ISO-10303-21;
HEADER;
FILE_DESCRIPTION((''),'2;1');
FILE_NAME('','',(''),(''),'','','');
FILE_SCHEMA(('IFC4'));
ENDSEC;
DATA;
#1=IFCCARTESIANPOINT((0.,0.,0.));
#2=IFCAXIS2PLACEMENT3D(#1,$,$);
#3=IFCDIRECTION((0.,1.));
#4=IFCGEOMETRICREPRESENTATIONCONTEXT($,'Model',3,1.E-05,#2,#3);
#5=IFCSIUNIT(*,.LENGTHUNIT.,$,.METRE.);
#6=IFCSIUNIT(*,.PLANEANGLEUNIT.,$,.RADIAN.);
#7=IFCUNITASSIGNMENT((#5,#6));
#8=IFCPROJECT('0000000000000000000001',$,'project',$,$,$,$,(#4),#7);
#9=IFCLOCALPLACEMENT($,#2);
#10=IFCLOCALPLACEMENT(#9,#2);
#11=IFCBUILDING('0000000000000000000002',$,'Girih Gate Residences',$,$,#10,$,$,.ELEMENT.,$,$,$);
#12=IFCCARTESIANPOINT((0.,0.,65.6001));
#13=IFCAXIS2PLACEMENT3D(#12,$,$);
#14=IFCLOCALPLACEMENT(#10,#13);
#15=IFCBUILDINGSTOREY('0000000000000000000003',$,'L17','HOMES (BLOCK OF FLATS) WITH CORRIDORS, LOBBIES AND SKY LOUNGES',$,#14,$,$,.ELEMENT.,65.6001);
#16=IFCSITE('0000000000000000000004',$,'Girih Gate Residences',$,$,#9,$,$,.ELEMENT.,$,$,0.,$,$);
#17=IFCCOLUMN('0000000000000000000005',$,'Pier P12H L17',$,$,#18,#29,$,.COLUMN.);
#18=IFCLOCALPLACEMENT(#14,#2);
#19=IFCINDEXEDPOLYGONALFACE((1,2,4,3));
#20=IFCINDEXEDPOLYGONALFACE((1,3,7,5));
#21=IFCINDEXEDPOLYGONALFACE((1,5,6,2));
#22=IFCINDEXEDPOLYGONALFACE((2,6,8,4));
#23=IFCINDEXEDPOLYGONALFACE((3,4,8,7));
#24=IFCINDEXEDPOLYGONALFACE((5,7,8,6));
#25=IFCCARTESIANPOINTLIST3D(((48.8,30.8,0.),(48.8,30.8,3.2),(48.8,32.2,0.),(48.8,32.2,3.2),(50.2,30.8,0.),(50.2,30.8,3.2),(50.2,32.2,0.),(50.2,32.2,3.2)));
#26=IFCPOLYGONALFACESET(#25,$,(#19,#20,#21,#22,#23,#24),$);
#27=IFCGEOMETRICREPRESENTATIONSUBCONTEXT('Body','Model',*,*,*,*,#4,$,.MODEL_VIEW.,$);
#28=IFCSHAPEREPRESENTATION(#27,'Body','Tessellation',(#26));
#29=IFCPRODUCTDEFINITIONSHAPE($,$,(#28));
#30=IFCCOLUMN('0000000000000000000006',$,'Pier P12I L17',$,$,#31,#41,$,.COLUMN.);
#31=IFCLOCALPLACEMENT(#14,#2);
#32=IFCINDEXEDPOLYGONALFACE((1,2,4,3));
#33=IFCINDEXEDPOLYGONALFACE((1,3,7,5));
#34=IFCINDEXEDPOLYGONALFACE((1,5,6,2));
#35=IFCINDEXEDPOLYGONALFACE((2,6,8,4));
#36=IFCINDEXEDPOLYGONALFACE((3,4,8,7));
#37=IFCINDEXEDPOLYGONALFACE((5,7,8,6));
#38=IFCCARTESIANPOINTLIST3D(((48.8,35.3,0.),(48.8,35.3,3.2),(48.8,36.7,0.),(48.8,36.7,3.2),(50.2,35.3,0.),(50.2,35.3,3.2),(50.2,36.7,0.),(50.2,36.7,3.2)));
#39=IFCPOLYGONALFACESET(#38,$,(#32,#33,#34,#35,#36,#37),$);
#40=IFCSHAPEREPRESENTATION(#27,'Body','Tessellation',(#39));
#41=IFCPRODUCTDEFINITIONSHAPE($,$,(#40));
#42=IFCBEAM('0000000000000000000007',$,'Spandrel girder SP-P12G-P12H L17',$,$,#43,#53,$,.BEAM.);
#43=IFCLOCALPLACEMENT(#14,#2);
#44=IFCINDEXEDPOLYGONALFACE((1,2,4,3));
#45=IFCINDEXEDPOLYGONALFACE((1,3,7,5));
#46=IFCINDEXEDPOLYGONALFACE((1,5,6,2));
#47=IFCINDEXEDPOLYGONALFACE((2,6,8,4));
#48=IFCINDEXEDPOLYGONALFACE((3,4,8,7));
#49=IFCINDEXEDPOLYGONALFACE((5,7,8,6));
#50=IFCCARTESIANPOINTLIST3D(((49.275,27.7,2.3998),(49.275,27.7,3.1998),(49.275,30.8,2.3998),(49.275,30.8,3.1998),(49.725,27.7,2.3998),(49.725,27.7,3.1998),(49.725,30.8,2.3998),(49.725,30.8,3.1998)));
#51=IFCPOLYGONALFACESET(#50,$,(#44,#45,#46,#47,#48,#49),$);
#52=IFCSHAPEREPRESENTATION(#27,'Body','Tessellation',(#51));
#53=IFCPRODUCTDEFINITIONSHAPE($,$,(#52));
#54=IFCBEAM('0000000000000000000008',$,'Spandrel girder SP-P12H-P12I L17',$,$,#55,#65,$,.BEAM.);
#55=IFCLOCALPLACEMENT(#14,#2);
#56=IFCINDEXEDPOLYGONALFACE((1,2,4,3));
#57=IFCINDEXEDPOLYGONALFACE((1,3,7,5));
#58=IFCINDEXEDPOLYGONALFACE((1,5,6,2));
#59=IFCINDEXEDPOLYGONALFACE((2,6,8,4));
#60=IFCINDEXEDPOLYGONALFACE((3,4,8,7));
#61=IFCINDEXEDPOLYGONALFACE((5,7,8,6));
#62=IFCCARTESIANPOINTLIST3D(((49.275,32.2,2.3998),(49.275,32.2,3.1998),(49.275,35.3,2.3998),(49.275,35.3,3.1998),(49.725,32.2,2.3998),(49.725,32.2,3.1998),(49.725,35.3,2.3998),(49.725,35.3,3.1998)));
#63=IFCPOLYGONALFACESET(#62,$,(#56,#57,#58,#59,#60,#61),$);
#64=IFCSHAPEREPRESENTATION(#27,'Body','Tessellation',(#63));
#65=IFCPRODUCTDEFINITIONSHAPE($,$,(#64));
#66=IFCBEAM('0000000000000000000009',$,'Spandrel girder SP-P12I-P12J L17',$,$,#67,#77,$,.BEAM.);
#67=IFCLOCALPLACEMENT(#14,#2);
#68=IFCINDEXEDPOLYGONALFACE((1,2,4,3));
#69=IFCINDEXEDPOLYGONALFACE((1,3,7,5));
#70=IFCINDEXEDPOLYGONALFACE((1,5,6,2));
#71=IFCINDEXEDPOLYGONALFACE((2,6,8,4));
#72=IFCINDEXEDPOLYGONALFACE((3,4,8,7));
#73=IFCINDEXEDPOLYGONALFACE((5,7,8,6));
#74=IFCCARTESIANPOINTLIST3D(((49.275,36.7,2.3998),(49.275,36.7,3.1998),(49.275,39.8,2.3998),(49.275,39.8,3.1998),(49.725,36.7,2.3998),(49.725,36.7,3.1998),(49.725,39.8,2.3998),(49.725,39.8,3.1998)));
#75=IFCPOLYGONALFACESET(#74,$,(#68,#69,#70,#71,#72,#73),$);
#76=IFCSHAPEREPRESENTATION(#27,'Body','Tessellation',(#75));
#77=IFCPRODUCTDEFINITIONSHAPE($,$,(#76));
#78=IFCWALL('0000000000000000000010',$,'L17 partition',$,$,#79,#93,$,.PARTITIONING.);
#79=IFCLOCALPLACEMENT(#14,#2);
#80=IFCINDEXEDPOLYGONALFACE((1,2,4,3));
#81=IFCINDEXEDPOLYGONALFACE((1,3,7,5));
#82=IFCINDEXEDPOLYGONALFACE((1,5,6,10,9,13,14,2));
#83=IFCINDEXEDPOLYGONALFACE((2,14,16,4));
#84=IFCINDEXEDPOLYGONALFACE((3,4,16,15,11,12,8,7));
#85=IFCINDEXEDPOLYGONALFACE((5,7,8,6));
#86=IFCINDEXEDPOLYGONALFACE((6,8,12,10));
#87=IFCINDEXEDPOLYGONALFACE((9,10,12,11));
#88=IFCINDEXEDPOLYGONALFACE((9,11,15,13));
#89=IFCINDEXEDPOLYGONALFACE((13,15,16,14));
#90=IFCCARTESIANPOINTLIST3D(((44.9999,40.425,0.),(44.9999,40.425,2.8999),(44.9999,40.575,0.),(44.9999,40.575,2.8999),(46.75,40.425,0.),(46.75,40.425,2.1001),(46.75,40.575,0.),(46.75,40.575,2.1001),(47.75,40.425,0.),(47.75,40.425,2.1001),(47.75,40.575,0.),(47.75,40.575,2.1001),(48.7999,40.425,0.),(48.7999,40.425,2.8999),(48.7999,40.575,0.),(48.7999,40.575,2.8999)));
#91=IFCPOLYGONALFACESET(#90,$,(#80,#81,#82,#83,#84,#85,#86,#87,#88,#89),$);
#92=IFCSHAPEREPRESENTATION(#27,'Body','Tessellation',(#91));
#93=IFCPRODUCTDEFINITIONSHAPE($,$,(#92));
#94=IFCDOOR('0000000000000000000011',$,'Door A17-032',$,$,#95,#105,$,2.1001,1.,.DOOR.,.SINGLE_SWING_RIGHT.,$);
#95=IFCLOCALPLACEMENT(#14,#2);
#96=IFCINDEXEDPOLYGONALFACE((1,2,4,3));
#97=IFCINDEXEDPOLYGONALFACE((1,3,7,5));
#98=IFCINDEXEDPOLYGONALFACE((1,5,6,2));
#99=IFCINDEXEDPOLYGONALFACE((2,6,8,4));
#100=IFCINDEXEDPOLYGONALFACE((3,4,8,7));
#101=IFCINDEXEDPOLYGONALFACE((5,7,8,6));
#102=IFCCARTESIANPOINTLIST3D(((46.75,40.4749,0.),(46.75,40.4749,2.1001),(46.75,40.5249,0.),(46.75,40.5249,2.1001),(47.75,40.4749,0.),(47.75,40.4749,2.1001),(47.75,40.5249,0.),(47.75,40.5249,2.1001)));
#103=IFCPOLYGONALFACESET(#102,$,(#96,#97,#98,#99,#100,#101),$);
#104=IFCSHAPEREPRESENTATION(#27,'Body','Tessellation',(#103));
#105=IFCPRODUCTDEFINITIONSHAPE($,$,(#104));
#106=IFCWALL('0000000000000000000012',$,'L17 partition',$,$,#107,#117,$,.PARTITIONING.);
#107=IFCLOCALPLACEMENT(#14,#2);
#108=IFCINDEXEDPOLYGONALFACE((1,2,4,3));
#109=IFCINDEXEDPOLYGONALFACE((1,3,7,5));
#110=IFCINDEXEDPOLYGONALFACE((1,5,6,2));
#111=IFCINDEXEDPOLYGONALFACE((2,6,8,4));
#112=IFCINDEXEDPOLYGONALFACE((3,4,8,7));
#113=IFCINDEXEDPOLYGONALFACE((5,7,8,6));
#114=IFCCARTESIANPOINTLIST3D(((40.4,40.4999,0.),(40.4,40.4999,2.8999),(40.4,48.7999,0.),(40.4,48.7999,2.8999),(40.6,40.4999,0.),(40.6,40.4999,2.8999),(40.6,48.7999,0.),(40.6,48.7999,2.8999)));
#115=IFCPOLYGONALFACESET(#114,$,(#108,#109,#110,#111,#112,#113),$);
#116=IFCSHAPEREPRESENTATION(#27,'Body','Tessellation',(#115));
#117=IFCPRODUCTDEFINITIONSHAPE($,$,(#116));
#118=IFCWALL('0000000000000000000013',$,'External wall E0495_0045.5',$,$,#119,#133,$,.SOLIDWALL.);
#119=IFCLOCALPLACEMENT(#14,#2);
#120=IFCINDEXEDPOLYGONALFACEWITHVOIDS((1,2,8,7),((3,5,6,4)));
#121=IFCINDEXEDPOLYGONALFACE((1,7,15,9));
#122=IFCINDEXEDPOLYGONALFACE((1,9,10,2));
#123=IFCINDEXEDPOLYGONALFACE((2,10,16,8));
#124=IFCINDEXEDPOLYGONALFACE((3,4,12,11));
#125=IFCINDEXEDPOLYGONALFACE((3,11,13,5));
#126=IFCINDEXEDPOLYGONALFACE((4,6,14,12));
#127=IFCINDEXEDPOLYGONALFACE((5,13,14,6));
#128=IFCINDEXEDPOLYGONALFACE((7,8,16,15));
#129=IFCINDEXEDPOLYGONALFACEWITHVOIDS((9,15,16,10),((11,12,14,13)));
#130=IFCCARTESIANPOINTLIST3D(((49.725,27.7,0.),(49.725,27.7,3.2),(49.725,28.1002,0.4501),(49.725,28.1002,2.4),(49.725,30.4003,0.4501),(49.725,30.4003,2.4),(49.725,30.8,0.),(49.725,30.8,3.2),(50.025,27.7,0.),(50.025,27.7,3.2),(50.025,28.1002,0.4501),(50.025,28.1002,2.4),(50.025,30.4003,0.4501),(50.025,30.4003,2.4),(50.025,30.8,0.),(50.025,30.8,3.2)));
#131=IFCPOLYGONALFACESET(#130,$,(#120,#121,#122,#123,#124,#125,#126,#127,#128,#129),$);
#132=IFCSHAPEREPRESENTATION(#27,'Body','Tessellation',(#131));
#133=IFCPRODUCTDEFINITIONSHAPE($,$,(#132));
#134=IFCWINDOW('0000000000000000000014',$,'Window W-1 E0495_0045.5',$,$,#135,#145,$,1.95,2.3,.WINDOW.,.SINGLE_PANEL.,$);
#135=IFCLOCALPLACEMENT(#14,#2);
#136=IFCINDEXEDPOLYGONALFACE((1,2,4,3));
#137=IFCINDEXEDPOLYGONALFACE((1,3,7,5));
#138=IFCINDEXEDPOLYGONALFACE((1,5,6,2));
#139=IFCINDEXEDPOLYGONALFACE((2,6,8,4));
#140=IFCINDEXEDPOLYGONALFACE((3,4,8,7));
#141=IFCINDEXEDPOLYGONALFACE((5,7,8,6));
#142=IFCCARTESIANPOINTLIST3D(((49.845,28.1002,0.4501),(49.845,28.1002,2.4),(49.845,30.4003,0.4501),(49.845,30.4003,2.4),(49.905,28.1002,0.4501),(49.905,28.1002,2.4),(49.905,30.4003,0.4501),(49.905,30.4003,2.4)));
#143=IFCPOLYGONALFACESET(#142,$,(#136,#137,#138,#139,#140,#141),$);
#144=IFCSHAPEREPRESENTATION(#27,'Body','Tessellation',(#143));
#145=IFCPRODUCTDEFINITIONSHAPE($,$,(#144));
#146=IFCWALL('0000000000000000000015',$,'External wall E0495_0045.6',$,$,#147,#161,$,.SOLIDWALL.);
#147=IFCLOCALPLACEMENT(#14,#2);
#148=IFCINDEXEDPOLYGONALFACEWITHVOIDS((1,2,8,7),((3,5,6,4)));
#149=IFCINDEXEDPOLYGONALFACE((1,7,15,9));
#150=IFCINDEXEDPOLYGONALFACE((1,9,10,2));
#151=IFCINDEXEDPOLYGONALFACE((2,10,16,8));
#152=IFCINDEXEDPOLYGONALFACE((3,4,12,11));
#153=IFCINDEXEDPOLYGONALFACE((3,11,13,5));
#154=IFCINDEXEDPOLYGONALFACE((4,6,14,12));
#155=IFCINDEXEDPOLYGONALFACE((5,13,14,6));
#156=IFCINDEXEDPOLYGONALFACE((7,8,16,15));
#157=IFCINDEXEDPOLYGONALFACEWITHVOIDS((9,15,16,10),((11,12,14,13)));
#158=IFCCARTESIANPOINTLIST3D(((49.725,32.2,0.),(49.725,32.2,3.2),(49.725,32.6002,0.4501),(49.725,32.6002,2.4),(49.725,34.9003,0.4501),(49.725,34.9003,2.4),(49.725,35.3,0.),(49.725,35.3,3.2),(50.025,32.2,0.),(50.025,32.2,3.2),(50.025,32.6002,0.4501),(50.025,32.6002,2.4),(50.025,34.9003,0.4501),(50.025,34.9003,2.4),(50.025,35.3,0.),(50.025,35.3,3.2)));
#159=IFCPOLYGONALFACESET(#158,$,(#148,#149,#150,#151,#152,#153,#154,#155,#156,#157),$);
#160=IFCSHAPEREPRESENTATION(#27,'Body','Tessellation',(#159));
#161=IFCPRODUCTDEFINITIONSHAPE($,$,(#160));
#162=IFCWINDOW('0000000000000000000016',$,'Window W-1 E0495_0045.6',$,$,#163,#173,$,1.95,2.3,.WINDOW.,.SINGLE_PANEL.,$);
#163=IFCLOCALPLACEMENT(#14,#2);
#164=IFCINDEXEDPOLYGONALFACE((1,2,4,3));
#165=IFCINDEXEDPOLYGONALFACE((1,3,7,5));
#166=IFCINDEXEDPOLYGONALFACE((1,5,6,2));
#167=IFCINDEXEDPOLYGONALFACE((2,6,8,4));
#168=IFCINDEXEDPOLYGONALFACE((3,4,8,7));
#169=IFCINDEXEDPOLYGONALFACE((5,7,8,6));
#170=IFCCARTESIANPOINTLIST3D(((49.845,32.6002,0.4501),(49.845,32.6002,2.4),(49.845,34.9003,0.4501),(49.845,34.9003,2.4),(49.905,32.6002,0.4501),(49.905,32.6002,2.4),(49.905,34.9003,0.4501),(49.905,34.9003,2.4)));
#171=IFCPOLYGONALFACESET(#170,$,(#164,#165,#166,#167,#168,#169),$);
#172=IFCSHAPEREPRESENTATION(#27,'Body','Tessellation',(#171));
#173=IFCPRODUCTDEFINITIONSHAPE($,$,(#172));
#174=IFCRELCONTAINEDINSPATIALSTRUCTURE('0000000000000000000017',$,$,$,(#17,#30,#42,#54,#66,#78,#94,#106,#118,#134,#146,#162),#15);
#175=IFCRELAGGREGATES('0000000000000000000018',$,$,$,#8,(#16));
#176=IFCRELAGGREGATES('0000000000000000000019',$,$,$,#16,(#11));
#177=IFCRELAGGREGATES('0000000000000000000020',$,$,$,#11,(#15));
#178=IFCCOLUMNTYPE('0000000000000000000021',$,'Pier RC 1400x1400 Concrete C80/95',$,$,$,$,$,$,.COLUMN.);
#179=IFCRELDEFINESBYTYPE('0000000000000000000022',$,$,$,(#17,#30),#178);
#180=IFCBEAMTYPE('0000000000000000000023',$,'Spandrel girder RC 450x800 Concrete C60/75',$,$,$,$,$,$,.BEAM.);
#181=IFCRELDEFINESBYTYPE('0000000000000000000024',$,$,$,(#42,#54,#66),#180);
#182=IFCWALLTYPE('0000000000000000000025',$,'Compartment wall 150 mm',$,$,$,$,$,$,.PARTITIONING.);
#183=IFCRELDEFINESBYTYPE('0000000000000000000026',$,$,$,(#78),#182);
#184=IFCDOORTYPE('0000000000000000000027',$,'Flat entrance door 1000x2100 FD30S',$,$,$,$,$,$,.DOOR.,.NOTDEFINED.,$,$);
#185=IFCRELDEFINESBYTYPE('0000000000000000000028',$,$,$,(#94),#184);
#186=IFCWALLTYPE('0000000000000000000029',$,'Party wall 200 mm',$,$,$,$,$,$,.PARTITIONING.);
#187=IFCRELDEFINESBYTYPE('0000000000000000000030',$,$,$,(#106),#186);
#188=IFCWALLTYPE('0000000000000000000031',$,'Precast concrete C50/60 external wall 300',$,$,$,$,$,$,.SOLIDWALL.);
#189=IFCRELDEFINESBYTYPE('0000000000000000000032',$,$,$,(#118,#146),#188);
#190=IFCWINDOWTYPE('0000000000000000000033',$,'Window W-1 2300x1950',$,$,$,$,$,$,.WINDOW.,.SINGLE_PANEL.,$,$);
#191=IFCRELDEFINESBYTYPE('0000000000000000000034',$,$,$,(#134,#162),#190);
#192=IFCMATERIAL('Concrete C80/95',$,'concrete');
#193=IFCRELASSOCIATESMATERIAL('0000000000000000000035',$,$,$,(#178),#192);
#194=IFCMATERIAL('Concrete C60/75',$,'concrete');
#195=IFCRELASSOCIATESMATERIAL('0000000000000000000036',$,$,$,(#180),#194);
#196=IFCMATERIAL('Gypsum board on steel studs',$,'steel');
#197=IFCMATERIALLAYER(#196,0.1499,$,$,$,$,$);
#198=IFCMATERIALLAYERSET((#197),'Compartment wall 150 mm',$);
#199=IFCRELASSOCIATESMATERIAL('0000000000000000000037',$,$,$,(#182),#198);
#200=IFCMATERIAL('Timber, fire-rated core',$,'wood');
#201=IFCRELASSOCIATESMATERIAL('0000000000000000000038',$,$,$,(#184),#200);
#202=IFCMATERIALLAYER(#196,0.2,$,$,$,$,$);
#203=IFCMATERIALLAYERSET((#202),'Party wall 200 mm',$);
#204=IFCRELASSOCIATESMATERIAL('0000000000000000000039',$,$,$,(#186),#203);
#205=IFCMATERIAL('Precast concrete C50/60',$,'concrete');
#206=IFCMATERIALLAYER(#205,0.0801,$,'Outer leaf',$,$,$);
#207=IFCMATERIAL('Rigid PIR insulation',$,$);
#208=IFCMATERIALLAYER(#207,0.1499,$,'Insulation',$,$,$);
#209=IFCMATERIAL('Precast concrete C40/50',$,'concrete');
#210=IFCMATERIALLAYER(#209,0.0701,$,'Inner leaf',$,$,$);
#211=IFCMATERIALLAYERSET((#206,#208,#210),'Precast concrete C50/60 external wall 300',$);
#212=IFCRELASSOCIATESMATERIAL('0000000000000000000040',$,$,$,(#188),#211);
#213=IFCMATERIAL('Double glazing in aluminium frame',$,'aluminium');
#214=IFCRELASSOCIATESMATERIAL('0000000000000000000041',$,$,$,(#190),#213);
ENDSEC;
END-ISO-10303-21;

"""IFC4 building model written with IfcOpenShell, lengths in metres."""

from ifc_helpers import new_model, si_unit, direction, frame, frame_2d, origin, origin_2d, place, context, subcontext, project, spatial, rectangle, extrude, material, layer, layer_set, material_profile, profile_set, type_object, element, fill, save


model = new_model("IFC4")

# Units and contexts
model_context = context("Model", 3, precision=1e-05, world=origin(), true_north=direction((0.0, 1.0)))
body_context = subcontext(model_context, "Body", "Model", "MODEL_VIEW")
ifc_project = project(units=[si_unit("LENGTHUNIT", "METRE"), si_unit("PLANEANGLEUNIT", "RADIAN")], contexts=[model_context])

# Site, building, storey
site_placement = place(None, origin())
site = spatial("IfcSite", under=ifc_project, at=site_placement, Name="Girih Gate Residences", CompositionType="ELEMENT", RefElevation=0.0)
building_placement = place(site_placement, origin())
building = spatial("IfcBuilding", under=site, at=building_placement, Name="Girih Gate Residences", CompositionType="ELEMENT")
storey_placement = place(building_placement, frame((0.0, 0.0, 65.6001)))
storey = spatial("IfcBuildingStorey", under=building, at=storey_placement, Name="L17", Description="HOMES (BLOCK OF FLATS) WITH CORRIDORS, LOBBIES AND SKY LOUNGES", CompositionType="ELEMENT", Elevation=65.6001)

# Columns
ifc_material_1 = material(Name="Concrete C80/95", Category="concrete")
ifc_material_profile_1 = material_profile(ifc_material_1, rectangle(XDim=1.3999, YDim=1.3999, at=origin_2d()))
ifc_profile_set_1 = profile_set([ifc_material_profile_1], Name="Concrete C80/95")
column_type = type_object("IfcColumnType", Name="Pier RC 1400x1400 Concrete C80/95", PredefinedType="COLUMN", material=ifc_profile_set_1)
for number, where, z_axis, x_axis, name in (
    (1, (49.5, 31.5, 0.0), (0.0, 0.0, 1.0), (1.0, 0.0, 0.0), "Pier P12H L17"),
    (2, (49.5, 36.0, 0.0), (0.0, 0.0, 1.0), (1.0, 0.0, 0.0), "Pier P12I L17"),
):
    element("IfcColumn", number, at=place(storey_placement, frame(where, z_axis=z_axis, x_axis=x_axis)), inside=storey, type_object=column_type, Name=name, PredefinedType="COLUMN", context=body_context, shape_type="SweptSolid", body=[
        extrude(rectangle(XDim=1.3999, YDim=1.3999, at=origin_2d()), origin(), (0.0, 0.0, 1.0), 3.2),
    ])

# Beams
ifc_material_2 = material(Name="Concrete C60/75", Category="concrete")
ifc_material_profile_2 = material_profile(ifc_material_2, rectangle(XDim=0.45, YDim=0.8, at=origin_2d()))
ifc_profile_set_2 = profile_set([ifc_material_profile_2], Name="Concrete C60/75")
beam_type = type_object("IfcBeamType", Name="Spandrel girder RC 450x800 Concrete C60/75", PredefinedType="BEAM", material=ifc_profile_set_2)
for number, where, z_axis, x_axis, name in (
    (3, (49.5, 27.7, 2.7998), (0.0, 1.0, 0.0), (-1.0, 0.0, 0.0), "Spandrel girder SP-P12G-P12H L17"),
    (4, (49.5, 32.2, 2.7998), (0.0, 1.0, 0.0), (-1.0, 0.0, 0.0), "Spandrel girder SP-P12H-P12I L17"),
    (5, (49.5, 36.7, 2.7998), (0.0, 1.0, 0.0), (-1.0, 0.0, 0.0), "Spandrel girder SP-P12I-P12J L17"),
):
    element("IfcBeam", number, at=place(storey_placement, frame(where, z_axis=z_axis, x_axis=x_axis)), inside=storey, type_object=beam_type, Name=name, PredefinedType="BEAM", context=body_context, shape_type="SweptSolid", body=[
        extrude(rectangle(XDim=0.45, YDim=0.8, at=origin_2d()), origin(), (0.0, 0.0, 1.0), 3.1001),
    ])

# Wall, opening, door
ifc_material_3 = material(Name="Gypsum board on steel studs", Category="steel")
ifc_layer_1 = layer(ifc_material_3, 0.1499)
ifc_layer_set_1 = layer_set([ifc_layer_1], Name="Compartment wall 150 mm")
wall_type_1 = type_object("IfcWallType", Name="Compartment wall 150 mm", PredefinedType="PARTITIONING", material=ifc_layer_set_1)
wall_1_placement = place(storey_placement, frame((45.0, 40.5, 0.0), z_axis=(0.0, 0.0, 1.0), x_axis=(1.0, 0.0, 0.0)))
wall_1 = element("IfcWall", 6, at=wall_1_placement, inside=storey, type_object=wall_type_1, Name="L17 partition", PredefinedType="PARTITIONING", context=body_context, shape_type="SweptSolid", body=[
    extrude(rectangle(XDim=3.8, YDim=0.1499, at=frame_2d((1.8999, 0.0))), origin(), (0.0, 0.0, 1.0), 2.8999),
])
opening_1_placement = place(wall_1_placement, frame((1.75, 0.0, 0.0)))
opening_1 = element("IfcOpeningElement", 7, at=opening_1_placement, cuts=wall_1, PredefinedType="OPENING", context=body_context, shape_type="SweptSolid", body=[
    extrude(rectangle(XDim=1.0, YDim=2.1001, at=frame_2d((0.5, 1.05))), frame((0.0, 0.085, 0.0), z_axis=(0.0, -1.0, 0.0), x_axis=(1.0, 0.0, 0.0)), (0.0, 0.0, 1.0), 0.1699),
])
ifc_material_4 = material(Name="Timber, fire-rated core", Category="wood")
door_type_1 = type_object("IfcDoorType", Name="Flat entrance door 1000x2100 FD30S", OperationType="NOTDEFINED", PredefinedType="DOOR", material=ifc_material_4)
door_1_placement = place(opening_1_placement, origin())
door_1 = element("IfcDoor", 8, at=door_1_placement, inside=storey, type_object=door_type_1, Name="Door A17-032", OperationType="SINGLE_SWING_RIGHT", OverallHeight=2.1001, OverallWidth=1.0, PredefinedType="DOOR", context=body_context, shape_type="SweptSolid", body=[
    extrude(rectangle(XDim=1.0, YDim=2.1001, at=frame_2d((0.5, 1.05))), frame((0.0, 0.0249, 0.0), z_axis=(0.0, -1.0, 0.0), x_axis=(1.0, 0.0, 0.0)), (0.0, 0.0, 1.0), 0.05),
])
fill(opening_1, door_1)

# Wall
ifc_layer_2 = layer(ifc_material_3, 0.2)
ifc_layer_set_2 = layer_set([ifc_layer_2], Name="Party wall 200 mm")
wall_type_2 = type_object("IfcWallType", Name="Party wall 200 mm", PredefinedType="PARTITIONING", material=ifc_layer_set_2)
wall_2_placement = place(storey_placement, frame((40.5, 40.5, 0.0), z_axis=(0.0, 0.0, 1.0), x_axis=(0.0, 1.0, 0.0)))
element("IfcWall", 9, at=wall_2_placement, inside=storey, type_object=wall_type_2, Name="L17 partition", PredefinedType="PARTITIONING", context=body_context, shape_type="SweptSolid", body=[
    extrude(rectangle(XDim=8.3, YDim=0.2, at=frame_2d((4.1499, 0.0))), origin(), (0.0, 0.0, 1.0), 2.8999),
])

# Walls, openings, windows
ifc_material_5 = material(Name="Precast concrete C50/60", Category="concrete")
ifc_layer_3 = layer(ifc_material_5, 0.0801, Name="Outer leaf")
ifc_material_6 = material(Name="Rigid PIR insulation")
ifc_layer_4 = layer(ifc_material_6, 0.1499, Name="Insulation")
ifc_material_7 = material(Name="Precast concrete C40/50", Category="concrete")
ifc_layer_5 = layer(ifc_material_7, 0.0701, Name="Inner leaf")
ifc_layer_set_3 = layer_set([ifc_layer_3, ifc_layer_4, ifc_layer_5], Name="Precast concrete C50/60 external wall 300")
wall_type_3 = type_object("IfcWallType", Name="Precast concrete C50/60 external wall 300", PredefinedType="SOLIDWALL", material=ifc_layer_set_3)
wall_3_placement = place(storey_placement, frame((49.875, 30.8, 0.0), z_axis=(0.0, 0.0, 1.0), x_axis=(0.0, -1.0, 0.0)))
wall_3 = element("IfcWall", 10, at=wall_3_placement, inside=storey, type_object=wall_type_3, Name="External wall E0495_0045.5", PredefinedType="SOLIDWALL", context=body_context, shape_type="SweptSolid", body=[
    extrude(rectangle(XDim=3.1001, YDim=0.3, at=frame_2d((1.55, 0.0))), origin(), (0.0, 0.0, 1.0), 3.2),
])
opening_2_placement = place(wall_3_placement, frame((0.3999, 0.0, 0.45)))
opening_2 = element("IfcOpeningElement", 11, at=opening_2_placement, cuts=wall_3, PredefinedType="OPENING", context=body_context, shape_type="SweptSolid", body=[
    extrude(rectangle(XDim=2.3, YDim=1.95, at=frame_2d((1.1499, 0.9751))), frame((0.0, 0.1599, 0.0), z_axis=(0.0, -1.0, 0.0), x_axis=(1.0, 0.0, 0.0)), (0.0, 0.0, 1.0), 0.3201),
])
ifc_material_8 = material(Name="Double glazing in aluminium frame", Category="aluminium")
window_type = type_object("IfcWindowType", Name="Window W-1 2300x1950", PartitioningType="SINGLE_PANEL", PredefinedType="WINDOW", material=ifc_material_8)
window_1_placement = place(opening_2_placement, origin())
window_1 = element("IfcWindow", 12, at=window_1_placement, inside=storey, type_object=window_type, Name="Window W-1 E0495_0045.5", OverallHeight=1.95, OverallWidth=2.3, PartitioningType="SINGLE_PANEL", PredefinedType="WINDOW", context=body_context, shape_type="SweptSolid", body=[
    extrude(rectangle(XDim=2.3, YDim=1.95, at=frame_2d((1.1499, 0.9751))), frame((0.0, 0.03, 0.0), z_axis=(0.0, -1.0, 0.0), x_axis=(1.0, 0.0, 0.0)), (0.0, 0.0, 1.0), 0.0601),
])
fill(opening_2, window_1)
wall_4_placement = place(storey_placement, frame((49.875, 35.3, 0.0), z_axis=(0.0, 0.0, 1.0), x_axis=(0.0, -1.0, 0.0)))
wall_4 = element("IfcWall", 13, at=wall_4_placement, inside=storey, type_object=wall_type_3, Name="External wall E0495_0045.6", PredefinedType="SOLIDWALL", context=body_context, shape_type="SweptSolid", body=[
    extrude(rectangle(XDim=3.1001, YDim=0.3, at=frame_2d((1.55, 0.0))), origin(), (0.0, 0.0, 1.0), 3.2),
])
opening_3_placement = place(wall_4_placement, frame((0.3999, 0.0, 0.45)))
opening_3 = element("IfcOpeningElement", 14, at=opening_3_placement, cuts=wall_4, PredefinedType="OPENING", context=body_context, shape_type="SweptSolid", body=[
    extrude(rectangle(XDim=2.3, YDim=1.95, at=frame_2d((1.1499, 0.9751))), frame((0.0, 0.1599, 0.0), z_axis=(0.0, -1.0, 0.0), x_axis=(1.0, 0.0, 0.0)), (0.0, 0.0, 1.0), 0.3201),
])
window_2_placement = place(opening_3_placement, origin())
window_2 = element("IfcWindow", 15, at=window_2_placement, inside=storey, type_object=window_type, Name="Window W-1 E0495_0045.6", OverallHeight=1.95, OverallWidth=2.3, PartitioningType="SINGLE_PANEL", PredefinedType="WINDOW", context=body_context, shape_type="SweptSolid", body=[
    extrude(rectangle(XDim=2.3, YDim=1.95, at=frame_2d((1.1499, 0.9751))), frame((0.0, 0.03, 0.0), z_axis=(0.0, -1.0, 0.0), x_axis=(1.0, 0.0, 0.0)), (0.0, 0.0, 1.0), 0.0601),
])
fill(opening_3, window_2)

save(model, "model.ifc")
